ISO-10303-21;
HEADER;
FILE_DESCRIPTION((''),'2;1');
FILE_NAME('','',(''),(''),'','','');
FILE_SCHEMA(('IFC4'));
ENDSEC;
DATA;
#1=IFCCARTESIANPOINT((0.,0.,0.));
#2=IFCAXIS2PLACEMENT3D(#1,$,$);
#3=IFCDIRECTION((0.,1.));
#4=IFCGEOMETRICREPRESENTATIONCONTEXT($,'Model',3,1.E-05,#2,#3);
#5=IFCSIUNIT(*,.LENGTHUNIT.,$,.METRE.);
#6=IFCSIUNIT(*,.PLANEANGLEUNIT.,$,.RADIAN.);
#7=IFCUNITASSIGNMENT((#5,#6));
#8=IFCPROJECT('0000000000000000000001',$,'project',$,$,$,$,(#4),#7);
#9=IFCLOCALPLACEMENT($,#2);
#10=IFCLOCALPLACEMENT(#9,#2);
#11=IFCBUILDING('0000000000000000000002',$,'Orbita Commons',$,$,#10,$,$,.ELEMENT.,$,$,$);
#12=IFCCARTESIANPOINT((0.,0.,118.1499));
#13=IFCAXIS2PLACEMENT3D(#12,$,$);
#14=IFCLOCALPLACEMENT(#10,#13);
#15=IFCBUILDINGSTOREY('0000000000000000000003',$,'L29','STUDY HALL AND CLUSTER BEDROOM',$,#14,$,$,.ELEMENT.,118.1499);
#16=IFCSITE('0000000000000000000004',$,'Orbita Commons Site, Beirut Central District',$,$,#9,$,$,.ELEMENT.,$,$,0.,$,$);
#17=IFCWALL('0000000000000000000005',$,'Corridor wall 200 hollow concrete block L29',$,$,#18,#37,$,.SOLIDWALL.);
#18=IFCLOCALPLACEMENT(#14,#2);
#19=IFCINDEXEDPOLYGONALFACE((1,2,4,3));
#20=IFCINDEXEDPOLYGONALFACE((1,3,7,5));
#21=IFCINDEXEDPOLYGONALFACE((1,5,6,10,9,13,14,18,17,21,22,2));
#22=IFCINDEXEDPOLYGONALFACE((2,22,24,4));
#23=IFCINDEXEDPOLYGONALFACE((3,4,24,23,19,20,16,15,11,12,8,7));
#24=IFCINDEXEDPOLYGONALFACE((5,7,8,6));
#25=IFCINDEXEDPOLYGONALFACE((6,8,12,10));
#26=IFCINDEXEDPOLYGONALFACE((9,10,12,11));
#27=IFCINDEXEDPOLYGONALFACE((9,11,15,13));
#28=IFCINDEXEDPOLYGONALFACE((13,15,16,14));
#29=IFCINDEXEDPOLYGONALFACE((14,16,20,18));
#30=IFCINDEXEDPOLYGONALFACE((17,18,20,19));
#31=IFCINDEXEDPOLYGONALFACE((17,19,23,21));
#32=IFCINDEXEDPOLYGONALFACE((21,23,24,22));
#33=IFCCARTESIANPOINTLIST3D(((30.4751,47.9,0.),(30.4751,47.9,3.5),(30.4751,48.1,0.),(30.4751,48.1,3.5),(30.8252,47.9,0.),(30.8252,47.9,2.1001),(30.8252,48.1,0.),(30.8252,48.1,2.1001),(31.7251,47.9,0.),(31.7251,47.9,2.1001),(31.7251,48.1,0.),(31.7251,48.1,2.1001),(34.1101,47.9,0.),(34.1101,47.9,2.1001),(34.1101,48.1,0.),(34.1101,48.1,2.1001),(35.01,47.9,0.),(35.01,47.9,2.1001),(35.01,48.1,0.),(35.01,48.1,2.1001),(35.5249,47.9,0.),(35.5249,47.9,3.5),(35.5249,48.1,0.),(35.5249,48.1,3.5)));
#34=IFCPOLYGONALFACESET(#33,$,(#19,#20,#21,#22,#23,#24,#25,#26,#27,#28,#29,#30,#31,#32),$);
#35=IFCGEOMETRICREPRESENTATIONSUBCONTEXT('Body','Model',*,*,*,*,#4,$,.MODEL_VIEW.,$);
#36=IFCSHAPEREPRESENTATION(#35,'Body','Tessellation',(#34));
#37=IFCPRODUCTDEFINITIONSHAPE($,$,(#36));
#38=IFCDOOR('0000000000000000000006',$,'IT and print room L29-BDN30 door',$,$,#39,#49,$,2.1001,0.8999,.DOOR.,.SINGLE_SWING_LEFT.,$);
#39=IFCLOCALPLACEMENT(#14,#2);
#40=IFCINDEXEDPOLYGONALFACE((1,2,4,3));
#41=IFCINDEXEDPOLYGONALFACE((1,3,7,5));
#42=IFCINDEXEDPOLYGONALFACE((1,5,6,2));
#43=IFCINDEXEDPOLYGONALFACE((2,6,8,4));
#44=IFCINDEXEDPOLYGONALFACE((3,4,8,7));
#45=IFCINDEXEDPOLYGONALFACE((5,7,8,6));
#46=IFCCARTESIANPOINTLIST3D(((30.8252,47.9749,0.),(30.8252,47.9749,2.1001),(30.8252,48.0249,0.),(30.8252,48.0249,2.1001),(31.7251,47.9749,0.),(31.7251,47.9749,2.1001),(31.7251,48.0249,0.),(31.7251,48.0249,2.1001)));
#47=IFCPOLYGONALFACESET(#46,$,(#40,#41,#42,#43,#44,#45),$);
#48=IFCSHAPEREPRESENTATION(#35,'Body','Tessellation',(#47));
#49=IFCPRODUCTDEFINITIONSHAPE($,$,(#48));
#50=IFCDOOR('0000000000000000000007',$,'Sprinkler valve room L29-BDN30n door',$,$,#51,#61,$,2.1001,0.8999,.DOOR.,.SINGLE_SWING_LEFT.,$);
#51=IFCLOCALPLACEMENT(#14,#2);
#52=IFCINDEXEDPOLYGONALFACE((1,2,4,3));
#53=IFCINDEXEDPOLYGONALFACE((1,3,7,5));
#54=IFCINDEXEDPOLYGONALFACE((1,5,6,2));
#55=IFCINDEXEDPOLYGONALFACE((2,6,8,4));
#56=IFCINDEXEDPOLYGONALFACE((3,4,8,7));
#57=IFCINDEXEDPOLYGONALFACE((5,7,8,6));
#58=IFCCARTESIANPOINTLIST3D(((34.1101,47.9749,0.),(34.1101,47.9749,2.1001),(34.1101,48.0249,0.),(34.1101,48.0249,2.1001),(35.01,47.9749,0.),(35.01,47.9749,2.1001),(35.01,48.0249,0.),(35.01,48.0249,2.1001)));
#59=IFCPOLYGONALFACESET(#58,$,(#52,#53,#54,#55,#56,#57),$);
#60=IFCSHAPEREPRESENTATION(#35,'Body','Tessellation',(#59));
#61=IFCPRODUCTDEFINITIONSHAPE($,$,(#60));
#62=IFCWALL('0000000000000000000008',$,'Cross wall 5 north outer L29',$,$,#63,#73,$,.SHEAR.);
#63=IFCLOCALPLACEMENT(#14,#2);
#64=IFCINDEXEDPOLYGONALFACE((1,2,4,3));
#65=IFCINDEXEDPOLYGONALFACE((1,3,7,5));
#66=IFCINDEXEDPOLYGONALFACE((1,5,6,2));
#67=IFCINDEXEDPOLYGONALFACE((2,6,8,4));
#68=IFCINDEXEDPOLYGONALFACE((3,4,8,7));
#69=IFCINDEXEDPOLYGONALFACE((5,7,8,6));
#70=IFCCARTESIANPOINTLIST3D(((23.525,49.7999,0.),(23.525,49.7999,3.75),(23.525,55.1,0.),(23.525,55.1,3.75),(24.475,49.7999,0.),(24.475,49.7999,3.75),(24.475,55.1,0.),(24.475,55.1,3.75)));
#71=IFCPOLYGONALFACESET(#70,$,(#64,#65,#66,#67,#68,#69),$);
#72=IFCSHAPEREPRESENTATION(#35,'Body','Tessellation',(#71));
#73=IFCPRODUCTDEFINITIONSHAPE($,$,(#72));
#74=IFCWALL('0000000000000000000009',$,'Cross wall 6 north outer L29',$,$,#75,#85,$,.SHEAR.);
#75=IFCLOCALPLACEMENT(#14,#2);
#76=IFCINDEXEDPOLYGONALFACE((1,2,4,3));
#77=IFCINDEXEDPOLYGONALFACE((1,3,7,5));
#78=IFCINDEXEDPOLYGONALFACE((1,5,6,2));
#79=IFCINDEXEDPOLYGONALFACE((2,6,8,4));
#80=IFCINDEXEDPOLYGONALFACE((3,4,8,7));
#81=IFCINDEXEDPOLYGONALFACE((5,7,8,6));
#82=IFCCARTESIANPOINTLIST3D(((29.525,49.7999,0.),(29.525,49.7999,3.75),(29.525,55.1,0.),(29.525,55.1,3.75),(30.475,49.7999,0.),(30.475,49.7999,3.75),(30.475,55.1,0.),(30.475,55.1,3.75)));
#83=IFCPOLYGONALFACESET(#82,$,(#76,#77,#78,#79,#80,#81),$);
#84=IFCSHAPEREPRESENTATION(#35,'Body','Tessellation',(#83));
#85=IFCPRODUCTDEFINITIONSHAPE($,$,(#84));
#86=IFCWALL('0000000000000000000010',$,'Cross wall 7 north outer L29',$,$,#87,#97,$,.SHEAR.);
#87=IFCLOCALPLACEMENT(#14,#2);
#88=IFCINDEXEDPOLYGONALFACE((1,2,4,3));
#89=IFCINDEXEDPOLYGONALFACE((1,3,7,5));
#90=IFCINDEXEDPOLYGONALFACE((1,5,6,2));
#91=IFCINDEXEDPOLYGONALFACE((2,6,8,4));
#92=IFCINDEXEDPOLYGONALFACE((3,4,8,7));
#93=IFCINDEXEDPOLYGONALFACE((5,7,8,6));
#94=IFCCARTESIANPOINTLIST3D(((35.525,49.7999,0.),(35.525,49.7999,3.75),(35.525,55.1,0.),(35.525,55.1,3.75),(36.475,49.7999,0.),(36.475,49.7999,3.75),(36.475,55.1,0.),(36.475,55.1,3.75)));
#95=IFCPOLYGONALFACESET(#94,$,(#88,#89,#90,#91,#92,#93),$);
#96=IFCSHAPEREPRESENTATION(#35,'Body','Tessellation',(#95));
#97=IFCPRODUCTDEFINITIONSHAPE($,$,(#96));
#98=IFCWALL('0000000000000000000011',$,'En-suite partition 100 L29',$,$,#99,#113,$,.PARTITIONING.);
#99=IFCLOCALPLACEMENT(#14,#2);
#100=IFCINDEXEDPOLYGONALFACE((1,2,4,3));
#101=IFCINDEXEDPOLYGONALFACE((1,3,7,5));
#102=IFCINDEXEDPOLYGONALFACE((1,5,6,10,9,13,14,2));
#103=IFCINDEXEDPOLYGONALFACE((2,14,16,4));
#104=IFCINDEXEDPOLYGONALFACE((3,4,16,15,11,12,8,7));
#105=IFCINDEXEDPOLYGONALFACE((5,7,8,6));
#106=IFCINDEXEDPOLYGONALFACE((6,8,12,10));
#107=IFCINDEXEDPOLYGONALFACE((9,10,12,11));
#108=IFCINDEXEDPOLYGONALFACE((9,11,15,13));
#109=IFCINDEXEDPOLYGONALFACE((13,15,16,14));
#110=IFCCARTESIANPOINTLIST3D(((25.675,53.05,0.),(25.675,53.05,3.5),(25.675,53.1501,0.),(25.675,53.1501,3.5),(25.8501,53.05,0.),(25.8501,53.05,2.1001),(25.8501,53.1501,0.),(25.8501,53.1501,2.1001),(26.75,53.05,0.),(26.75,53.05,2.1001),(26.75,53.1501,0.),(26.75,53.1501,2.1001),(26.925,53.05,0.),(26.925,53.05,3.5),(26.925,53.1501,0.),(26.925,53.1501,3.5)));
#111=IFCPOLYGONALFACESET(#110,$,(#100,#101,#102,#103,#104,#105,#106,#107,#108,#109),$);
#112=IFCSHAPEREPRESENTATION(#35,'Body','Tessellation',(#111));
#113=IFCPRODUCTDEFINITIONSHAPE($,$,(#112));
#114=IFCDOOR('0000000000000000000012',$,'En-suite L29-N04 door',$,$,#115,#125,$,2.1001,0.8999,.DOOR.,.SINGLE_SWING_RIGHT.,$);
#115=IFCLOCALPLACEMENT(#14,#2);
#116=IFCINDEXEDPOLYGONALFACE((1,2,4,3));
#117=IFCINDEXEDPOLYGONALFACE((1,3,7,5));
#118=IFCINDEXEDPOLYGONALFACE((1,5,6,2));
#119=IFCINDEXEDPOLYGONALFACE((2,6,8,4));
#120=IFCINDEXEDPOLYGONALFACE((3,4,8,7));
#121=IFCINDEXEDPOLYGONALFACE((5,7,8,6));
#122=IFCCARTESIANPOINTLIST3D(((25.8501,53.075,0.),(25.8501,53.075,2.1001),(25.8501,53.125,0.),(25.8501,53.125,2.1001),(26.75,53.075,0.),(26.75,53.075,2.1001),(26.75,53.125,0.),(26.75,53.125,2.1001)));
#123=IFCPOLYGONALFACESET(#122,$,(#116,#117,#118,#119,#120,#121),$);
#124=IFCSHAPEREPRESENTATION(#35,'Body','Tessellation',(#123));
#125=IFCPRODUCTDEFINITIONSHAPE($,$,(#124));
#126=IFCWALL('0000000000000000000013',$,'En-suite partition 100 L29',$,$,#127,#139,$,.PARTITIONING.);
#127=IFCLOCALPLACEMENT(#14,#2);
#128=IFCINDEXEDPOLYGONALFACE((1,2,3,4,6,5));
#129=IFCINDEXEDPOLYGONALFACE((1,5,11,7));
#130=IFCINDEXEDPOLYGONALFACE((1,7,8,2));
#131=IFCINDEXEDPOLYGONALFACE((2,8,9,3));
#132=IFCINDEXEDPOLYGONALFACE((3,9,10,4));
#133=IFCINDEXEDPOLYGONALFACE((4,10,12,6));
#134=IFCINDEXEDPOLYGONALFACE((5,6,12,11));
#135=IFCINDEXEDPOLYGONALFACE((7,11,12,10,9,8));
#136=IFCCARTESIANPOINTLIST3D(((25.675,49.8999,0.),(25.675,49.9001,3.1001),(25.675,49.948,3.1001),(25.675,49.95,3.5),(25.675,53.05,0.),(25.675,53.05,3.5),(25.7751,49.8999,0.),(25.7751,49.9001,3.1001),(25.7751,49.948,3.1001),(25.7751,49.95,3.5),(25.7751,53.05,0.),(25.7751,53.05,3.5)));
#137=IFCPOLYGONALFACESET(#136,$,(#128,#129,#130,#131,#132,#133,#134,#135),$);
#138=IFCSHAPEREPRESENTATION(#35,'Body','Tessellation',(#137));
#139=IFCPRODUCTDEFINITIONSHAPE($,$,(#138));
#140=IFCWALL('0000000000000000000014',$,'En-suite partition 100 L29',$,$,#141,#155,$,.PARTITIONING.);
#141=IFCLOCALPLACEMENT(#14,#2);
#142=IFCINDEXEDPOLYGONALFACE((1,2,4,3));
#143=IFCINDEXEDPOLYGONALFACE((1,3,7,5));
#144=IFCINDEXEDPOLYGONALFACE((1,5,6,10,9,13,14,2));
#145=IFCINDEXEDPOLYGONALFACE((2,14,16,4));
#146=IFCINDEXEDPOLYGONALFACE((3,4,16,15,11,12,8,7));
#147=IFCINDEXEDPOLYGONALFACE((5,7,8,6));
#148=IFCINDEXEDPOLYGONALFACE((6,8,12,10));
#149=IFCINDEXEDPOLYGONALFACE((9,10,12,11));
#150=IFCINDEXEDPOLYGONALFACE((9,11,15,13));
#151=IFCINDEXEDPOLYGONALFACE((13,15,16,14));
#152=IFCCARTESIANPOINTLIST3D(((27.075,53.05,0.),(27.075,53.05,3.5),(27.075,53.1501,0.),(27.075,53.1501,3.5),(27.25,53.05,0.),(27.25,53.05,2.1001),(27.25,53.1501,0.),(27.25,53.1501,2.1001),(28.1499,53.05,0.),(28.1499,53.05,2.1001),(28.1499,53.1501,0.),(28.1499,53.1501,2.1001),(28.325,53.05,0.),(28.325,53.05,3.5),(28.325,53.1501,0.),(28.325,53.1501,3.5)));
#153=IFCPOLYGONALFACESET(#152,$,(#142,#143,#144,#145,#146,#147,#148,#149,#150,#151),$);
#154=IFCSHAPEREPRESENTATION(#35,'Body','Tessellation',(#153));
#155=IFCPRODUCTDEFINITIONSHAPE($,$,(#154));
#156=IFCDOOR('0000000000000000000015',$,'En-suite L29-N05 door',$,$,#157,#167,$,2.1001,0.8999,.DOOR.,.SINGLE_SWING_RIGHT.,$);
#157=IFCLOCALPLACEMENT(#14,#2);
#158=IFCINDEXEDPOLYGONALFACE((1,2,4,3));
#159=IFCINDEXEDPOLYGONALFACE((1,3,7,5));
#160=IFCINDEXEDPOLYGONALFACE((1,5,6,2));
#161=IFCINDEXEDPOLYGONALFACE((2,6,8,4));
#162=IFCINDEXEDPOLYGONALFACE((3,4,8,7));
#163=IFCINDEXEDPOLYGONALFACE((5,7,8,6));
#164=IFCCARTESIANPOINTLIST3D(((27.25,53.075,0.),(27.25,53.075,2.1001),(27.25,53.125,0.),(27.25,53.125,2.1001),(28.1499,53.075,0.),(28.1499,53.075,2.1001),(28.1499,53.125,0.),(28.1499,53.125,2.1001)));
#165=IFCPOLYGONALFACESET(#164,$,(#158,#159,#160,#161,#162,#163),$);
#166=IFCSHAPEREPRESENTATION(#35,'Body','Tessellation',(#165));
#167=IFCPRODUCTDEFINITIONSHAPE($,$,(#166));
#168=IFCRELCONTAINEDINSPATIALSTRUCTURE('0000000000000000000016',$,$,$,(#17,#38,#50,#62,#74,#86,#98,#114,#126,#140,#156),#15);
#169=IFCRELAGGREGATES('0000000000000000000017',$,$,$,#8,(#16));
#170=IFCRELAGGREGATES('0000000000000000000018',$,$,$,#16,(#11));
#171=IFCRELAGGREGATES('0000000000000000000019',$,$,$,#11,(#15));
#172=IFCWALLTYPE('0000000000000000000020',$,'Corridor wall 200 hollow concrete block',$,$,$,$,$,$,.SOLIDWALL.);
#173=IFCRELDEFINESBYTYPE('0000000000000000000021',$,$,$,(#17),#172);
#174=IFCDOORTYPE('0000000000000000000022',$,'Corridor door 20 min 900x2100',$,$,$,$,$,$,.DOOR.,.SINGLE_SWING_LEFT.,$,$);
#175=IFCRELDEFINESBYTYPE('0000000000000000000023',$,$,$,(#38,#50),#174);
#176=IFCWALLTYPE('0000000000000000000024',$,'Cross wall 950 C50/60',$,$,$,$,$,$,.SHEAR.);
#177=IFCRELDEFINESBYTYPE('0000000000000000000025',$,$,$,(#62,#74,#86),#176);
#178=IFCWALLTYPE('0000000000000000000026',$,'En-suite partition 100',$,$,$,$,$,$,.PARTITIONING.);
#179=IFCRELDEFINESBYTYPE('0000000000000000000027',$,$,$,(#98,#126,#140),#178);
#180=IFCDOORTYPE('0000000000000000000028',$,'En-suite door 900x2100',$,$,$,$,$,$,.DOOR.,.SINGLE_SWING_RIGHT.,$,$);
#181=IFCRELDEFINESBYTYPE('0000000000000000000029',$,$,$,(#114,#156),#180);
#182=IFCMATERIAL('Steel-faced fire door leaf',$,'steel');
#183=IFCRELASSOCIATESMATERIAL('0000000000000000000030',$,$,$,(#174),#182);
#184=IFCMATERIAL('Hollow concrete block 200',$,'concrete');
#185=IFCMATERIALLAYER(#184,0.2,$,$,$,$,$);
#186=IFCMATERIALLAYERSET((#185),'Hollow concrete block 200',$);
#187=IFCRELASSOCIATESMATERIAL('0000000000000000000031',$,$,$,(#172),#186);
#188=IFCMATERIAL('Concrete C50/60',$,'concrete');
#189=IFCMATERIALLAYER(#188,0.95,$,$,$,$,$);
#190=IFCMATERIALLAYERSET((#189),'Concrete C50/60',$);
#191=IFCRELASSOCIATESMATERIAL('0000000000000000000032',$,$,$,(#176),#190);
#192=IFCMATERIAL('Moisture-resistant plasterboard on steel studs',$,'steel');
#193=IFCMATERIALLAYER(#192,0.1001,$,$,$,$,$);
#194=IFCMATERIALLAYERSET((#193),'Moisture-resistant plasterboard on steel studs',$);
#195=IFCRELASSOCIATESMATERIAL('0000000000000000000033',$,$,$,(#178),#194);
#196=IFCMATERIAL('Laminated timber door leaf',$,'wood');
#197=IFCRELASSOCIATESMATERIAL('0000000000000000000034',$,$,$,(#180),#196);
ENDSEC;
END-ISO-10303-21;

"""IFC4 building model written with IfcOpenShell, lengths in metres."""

from ifc_helpers import new_model, si_unit, direction, frame, frame_2d, origin, place, context, subcontext, project, spatial, polyline, rectangle, outline, extrude, material, layer, layer_set, type_object, element, fill, save


model = new_model("IFC4")

# Units and contexts
model_context = context("Model", 3, precision=1e-05, world=origin(), true_north=direction((0.0, 1.0)))
body_context = subcontext(model_context, "Body", "Model", "MODEL_VIEW")
ifc_project = project(units=[si_unit("LENGTHUNIT", "METRE"), si_unit("PLANEANGLEUNIT", "RADIAN")], contexts=[model_context])

# Site, building, storey
site_placement = place(None, origin())
site = spatial("IfcSite", under=ifc_project, at=site_placement, Name="Orbita Commons Site, Beirut Central District", CompositionType="ELEMENT", RefElevation=0.0)
building_placement = place(site_placement, origin())
building = spatial("IfcBuilding", under=site, at=building_placement, Name="Orbita Commons", CompositionType="ELEMENT")
storey_placement = place(building_placement, frame((0.0, 0.0, 118.1499)))
storey = spatial("IfcBuildingStorey", under=building, at=storey_placement, Name="L29", Description="STUDY HALL AND CLUSTER BEDROOM", CompositionType="ELEMENT", Elevation=118.1499)

# Wall, openings, doors
ifc_material_1 = material(Name="Steel-faced fire door leaf", Category="steel")
door_type_1 = type_object("IfcDoorType", Name="Corridor door 20 min 900x2100", OperationType="SINGLE_SWING_LEFT", PredefinedType="DOOR", material=ifc_material_1)
ifc_material_2 = material(Name="Hollow concrete block 200", Category="concrete")
ifc_layer_1 = layer(ifc_material_2, 0.2)
ifc_layer_set_1 = layer_set([ifc_layer_1], Name="Hollow concrete block 200")
wall_type_1 = type_object("IfcWallType", Name="Corridor wall 200 hollow concrete block", PredefinedType="SOLIDWALL", material=ifc_layer_set_1)
wall_1_placement = place(storey_placement, frame((30.4751, 48.0, 0.0), z_axis=(0.0, 0.0, 1.0), x_axis=(1.0, 0.0, 0.0)))
wall_1 = element("IfcWall", 1, at=wall_1_placement, inside=storey, type_object=wall_type_1, Name="Corridor wall 200 hollow concrete block L29", PredefinedType="SOLIDWALL", context=body_context, shape_type="SweptSolid", body=[
    extrude(rectangle(XDim=5.0498, YDim=0.2, at=frame_2d((2.5249, 0.0))), origin(), (0.0, 0.0, 1.0), 3.5),
])
opening_1_placement = place(wall_1_placement, frame((0.3501, 0.0, 0.0)))
opening_1 = element("IfcOpeningElement", 2, at=opening_1_placement, cuts=wall_1, PredefinedType="OPENING", context=body_context, shape_type="SweptSolid", body=[
    extrude(rectangle(XDim=0.8999, YDim=2.1001, at=frame_2d((0.45, 1.05))), frame((0.0, 0.1099, 0.0), z_axis=(0.0, -1.0, 0.0), x_axis=(1.0, 0.0, 0.0)), (0.0, 0.0, 1.0), 0.22),
])
opening_2_placement = place(wall_1_placement, frame((3.635, 0.0, 0.0)))
opening_2 = element("IfcOpeningElement", 3, at=opening_2_placement, cuts=wall_1, PredefinedType="OPENING", context=body_context, shape_type="SweptSolid", body=[
    extrude(rectangle(XDim=0.8999, YDim=2.1001, at=frame_2d((0.45, 1.05))), frame((0.0, 0.1099, 0.0), z_axis=(0.0, -1.0, 0.0), x_axis=(1.0, 0.0, 0.0)), (0.0, 0.0, 1.0), 0.22),
])
door_1_placement = place(opening_1_placement, origin())
door_1 = element("IfcDoor", 4, at=door_1_placement, inside=storey, type_object=door_type_1, Name="IT and print room L29-BDN30 door", OperationType="SINGLE_SWING_LEFT", OverallHeight=2.1001, OverallWidth=0.8999, PredefinedType="DOOR", context=body_context, shape_type="SweptSolid", body=[
    extrude(rectangle(XDim=0.8999, YDim=2.1001, at=frame_2d((0.45, 1.05))), frame((0.0, 0.0249, 0.0), z_axis=(0.0, -1.0, 0.0), x_axis=(1.0, 0.0, 0.0)), (0.0, 0.0, 1.0), 0.05),
])
fill(opening_1, door_1)
door_2_placement = place(opening_2_placement, origin())
door_2 = element("IfcDoor", 5, at=door_2_placement, inside=storey, type_object=door_type_1, Name="Sprinkler valve room L29-BDN30n door", OperationType="SINGLE_SWING_LEFT", OverallHeight=2.1001, OverallWidth=0.8999, PredefinedType="DOOR", context=body_context, shape_type="SweptSolid", body=[
    extrude(rectangle(XDim=0.8999, YDim=2.1001, at=frame_2d((0.45, 1.05))), frame((0.0, 0.0249, 0.0), z_axis=(0.0, -1.0, 0.0), x_axis=(1.0, 0.0, 0.0)), (0.0, 0.0, 1.0), 0.05),
])
fill(opening_2, door_2)

# Walls
ifc_material_3 = material(Name="Concrete C50/60", Category="concrete")
ifc_layer_2 = layer(ifc_material_3, 0.95)
ifc_layer_set_2 = layer_set([ifc_layer_2], Name="Concrete C50/60")
wall_type_2 = type_object("IfcWallType", Name="Cross wall 950 C50/60", PredefinedType="SHEAR", material=ifc_layer_set_2)
for number, where, z_axis, x_axis, name in (
    (6, (24.0, 49.8, 0.0), (0.0, 0.0, 1.0), (0.0, 1.0, 0.0), "Cross wall 5 north outer L29"),
    (7, (30.0, 49.8, 0.0), (0.0, 0.0, 1.0), (0.0, 1.0, 0.0), "Cross wall 6 north outer L29"),
    (8, (36.0, 49.8, 0.0), (0.0, 0.0, 1.0), (0.0, 1.0, 0.0), "Cross wall 7 north outer L29"),
):
    element("IfcWall", number, at=place(storey_placement, frame(where, z_axis=z_axis, x_axis=x_axis)), inside=storey, type_object=wall_type_2, Name=name, PredefinedType="SHEAR", context=body_context, shape_type="SweptSolid", body=[
        extrude(rectangle(XDim=5.3, YDim=0.95, at=frame_2d((2.6499, 0.0))), origin(), (0.0, 0.0, 1.0), 3.75),
    ])

# Wall, opening, door
ifc_material_4 = material(Name="Moisture-resistant plasterboard on steel studs", Category="steel")
ifc_layer_3 = layer(ifc_material_4, 0.1001)
ifc_layer_set_3 = layer_set([ifc_layer_3], Name="Moisture-resistant plasterboard on steel studs")
wall_type_3 = type_object("IfcWallType", Name="En-suite partition 100", PredefinedType="PARTITIONING", material=ifc_layer_set_3)
wall_2_placement = place(storey_placement, frame((25.675, 53.1001, 0.0), z_axis=(0.0, 0.0, 1.0), x_axis=(1.0, 0.0, 0.0)))
wall_2 = element("IfcWall", 9, at=wall_2_placement, inside=storey, type_object=wall_type_3, Name="En-suite partition 100 L29", PredefinedType="PARTITIONING", context=body_context, shape_type="SweptSolid", body=[
    extrude(rectangle(XDim=1.25, YDim=0.1001, at=frame_2d((0.625, 0.0))), origin(), (0.0, 0.0, 1.0), 3.5),
])
opening_3_placement = place(wall_2_placement, frame((0.175, 0.0, 0.0)))
opening_3 = element("IfcOpeningElement", 10, at=opening_3_placement, cuts=wall_2, PredefinedType="OPENING", context=body_context, shape_type="SweptSolid", body=[
    extrude(rectangle(XDim=0.8999, YDim=2.1001, at=frame_2d((0.45, 1.05))), frame((0.0, 0.0601, 0.0), z_axis=(0.0, -1.0, 0.0), x_axis=(1.0, 0.0, 0.0)), (0.0, 0.0, 1.0), 0.1201),
])
ifc_material_5 = material(Name="Laminated timber door leaf", Category="wood")
door_type_2 = type_object("IfcDoorType", Name="En-suite door 900x2100", OperationType="SINGLE_SWING_RIGHT", PredefinedType="DOOR", material=ifc_material_5)
door_3_placement = place(opening_3_placement, origin())
door_3 = element("IfcDoor", 11, at=door_3_placement, inside=storey, type_object=door_type_2, Name="En-suite L29-N04 door", OperationType="SINGLE_SWING_RIGHT", OverallHeight=2.1001, OverallWidth=0.8999, PredefinedType="DOOR", context=body_context, shape_type="SweptSolid", body=[
    extrude(rectangle(XDim=0.8999, YDim=2.1001, at=frame_2d((0.45, 1.05))), frame((0.0, 0.0249, 0.0), z_axis=(0.0, -1.0, 0.0), x_axis=(1.0, 0.0, 0.0)), (0.0, 0.0, 1.0), 0.05),
])
fill(opening_3, door_3)

# Wall
wall_3_placement = place(storey_placement, frame((25.7251, 53.05, 0.0), z_axis=(0.0, 0.0, 1.0), x_axis=(0.0, -1.0, 0.0)))
element("IfcWall", 12, at=wall_3_placement, inside=storey, type_object=wall_type_3, Name="En-suite partition 100 L29", PredefinedType="PARTITIONING", context=body_context, shape_type="SweptSolid", body=[
    extrude(outline(polyline([(0.0, 0.0), (3.1501, 0.0), (3.1499, 3.1001), (3.1021, 3.1001), (3.1001, 3.5), (0.0, 3.5), (0.0, 0.0)])), frame((0.0, 0.05, 0.0), z_axis=(0.0, -1.0, 0.0), x_axis=(1.0, 0.0, 0.0)), (0.0, 0.0, 1.0), 0.1001),
])

# Wall, opening, door
wall_4_placement = place(storey_placement, frame((27.075, 53.1001, 0.0), z_axis=(0.0, 0.0, 1.0), x_axis=(1.0, 0.0, 0.0)))
wall_4 = element("IfcWall", 13, at=wall_4_placement, inside=storey, type_object=wall_type_3, Name="En-suite partition 100 L29", PredefinedType="PARTITIONING", context=body_context, shape_type="SweptSolid", body=[
    extrude(rectangle(XDim=1.25, YDim=0.1001, at=frame_2d((0.625, 0.0))), origin(), (0.0, 0.0, 1.0), 3.5),
])
opening_4_placement = place(wall_4_placement, frame((0.175, 0.0, 0.0)))
opening_4 = element("IfcOpeningElement", 14, at=opening_4_placement, cuts=wall_4, PredefinedType="OPENING", context=body_context, shape_type="SweptSolid", body=[
    extrude(rectangle(XDim=0.8999, YDim=2.1001, at=frame_2d((0.45, 1.05))), frame((0.0, 0.0601, 0.0), z_axis=(0.0, -1.0, 0.0), x_axis=(1.0, 0.0, 0.0)), (0.0, 0.0, 1.0), 0.1201),
])
door_4_placement = place(opening_4_placement, origin())
door_4 = element("IfcDoor", 15, at=door_4_placement, inside=storey, type_object=door_type_2, Name="En-suite L29-N05 door", OperationType="SINGLE_SWING_RIGHT", OverallHeight=2.1001, OverallWidth=0.8999, PredefinedType="DOOR", context=body_context, shape_type="SweptSolid", body=[
    extrude(rectangle(XDim=0.8999, YDim=2.1001, at=frame_2d((0.45, 1.05))), frame((0.0, 0.0249, 0.0), z_axis=(0.0, -1.0, 0.0), x_axis=(1.0, 0.0, 0.0)), (0.0, 0.0, 1.0), 0.05),
])
fill(opening_4, door_4)

save(model, "model.ifc")
